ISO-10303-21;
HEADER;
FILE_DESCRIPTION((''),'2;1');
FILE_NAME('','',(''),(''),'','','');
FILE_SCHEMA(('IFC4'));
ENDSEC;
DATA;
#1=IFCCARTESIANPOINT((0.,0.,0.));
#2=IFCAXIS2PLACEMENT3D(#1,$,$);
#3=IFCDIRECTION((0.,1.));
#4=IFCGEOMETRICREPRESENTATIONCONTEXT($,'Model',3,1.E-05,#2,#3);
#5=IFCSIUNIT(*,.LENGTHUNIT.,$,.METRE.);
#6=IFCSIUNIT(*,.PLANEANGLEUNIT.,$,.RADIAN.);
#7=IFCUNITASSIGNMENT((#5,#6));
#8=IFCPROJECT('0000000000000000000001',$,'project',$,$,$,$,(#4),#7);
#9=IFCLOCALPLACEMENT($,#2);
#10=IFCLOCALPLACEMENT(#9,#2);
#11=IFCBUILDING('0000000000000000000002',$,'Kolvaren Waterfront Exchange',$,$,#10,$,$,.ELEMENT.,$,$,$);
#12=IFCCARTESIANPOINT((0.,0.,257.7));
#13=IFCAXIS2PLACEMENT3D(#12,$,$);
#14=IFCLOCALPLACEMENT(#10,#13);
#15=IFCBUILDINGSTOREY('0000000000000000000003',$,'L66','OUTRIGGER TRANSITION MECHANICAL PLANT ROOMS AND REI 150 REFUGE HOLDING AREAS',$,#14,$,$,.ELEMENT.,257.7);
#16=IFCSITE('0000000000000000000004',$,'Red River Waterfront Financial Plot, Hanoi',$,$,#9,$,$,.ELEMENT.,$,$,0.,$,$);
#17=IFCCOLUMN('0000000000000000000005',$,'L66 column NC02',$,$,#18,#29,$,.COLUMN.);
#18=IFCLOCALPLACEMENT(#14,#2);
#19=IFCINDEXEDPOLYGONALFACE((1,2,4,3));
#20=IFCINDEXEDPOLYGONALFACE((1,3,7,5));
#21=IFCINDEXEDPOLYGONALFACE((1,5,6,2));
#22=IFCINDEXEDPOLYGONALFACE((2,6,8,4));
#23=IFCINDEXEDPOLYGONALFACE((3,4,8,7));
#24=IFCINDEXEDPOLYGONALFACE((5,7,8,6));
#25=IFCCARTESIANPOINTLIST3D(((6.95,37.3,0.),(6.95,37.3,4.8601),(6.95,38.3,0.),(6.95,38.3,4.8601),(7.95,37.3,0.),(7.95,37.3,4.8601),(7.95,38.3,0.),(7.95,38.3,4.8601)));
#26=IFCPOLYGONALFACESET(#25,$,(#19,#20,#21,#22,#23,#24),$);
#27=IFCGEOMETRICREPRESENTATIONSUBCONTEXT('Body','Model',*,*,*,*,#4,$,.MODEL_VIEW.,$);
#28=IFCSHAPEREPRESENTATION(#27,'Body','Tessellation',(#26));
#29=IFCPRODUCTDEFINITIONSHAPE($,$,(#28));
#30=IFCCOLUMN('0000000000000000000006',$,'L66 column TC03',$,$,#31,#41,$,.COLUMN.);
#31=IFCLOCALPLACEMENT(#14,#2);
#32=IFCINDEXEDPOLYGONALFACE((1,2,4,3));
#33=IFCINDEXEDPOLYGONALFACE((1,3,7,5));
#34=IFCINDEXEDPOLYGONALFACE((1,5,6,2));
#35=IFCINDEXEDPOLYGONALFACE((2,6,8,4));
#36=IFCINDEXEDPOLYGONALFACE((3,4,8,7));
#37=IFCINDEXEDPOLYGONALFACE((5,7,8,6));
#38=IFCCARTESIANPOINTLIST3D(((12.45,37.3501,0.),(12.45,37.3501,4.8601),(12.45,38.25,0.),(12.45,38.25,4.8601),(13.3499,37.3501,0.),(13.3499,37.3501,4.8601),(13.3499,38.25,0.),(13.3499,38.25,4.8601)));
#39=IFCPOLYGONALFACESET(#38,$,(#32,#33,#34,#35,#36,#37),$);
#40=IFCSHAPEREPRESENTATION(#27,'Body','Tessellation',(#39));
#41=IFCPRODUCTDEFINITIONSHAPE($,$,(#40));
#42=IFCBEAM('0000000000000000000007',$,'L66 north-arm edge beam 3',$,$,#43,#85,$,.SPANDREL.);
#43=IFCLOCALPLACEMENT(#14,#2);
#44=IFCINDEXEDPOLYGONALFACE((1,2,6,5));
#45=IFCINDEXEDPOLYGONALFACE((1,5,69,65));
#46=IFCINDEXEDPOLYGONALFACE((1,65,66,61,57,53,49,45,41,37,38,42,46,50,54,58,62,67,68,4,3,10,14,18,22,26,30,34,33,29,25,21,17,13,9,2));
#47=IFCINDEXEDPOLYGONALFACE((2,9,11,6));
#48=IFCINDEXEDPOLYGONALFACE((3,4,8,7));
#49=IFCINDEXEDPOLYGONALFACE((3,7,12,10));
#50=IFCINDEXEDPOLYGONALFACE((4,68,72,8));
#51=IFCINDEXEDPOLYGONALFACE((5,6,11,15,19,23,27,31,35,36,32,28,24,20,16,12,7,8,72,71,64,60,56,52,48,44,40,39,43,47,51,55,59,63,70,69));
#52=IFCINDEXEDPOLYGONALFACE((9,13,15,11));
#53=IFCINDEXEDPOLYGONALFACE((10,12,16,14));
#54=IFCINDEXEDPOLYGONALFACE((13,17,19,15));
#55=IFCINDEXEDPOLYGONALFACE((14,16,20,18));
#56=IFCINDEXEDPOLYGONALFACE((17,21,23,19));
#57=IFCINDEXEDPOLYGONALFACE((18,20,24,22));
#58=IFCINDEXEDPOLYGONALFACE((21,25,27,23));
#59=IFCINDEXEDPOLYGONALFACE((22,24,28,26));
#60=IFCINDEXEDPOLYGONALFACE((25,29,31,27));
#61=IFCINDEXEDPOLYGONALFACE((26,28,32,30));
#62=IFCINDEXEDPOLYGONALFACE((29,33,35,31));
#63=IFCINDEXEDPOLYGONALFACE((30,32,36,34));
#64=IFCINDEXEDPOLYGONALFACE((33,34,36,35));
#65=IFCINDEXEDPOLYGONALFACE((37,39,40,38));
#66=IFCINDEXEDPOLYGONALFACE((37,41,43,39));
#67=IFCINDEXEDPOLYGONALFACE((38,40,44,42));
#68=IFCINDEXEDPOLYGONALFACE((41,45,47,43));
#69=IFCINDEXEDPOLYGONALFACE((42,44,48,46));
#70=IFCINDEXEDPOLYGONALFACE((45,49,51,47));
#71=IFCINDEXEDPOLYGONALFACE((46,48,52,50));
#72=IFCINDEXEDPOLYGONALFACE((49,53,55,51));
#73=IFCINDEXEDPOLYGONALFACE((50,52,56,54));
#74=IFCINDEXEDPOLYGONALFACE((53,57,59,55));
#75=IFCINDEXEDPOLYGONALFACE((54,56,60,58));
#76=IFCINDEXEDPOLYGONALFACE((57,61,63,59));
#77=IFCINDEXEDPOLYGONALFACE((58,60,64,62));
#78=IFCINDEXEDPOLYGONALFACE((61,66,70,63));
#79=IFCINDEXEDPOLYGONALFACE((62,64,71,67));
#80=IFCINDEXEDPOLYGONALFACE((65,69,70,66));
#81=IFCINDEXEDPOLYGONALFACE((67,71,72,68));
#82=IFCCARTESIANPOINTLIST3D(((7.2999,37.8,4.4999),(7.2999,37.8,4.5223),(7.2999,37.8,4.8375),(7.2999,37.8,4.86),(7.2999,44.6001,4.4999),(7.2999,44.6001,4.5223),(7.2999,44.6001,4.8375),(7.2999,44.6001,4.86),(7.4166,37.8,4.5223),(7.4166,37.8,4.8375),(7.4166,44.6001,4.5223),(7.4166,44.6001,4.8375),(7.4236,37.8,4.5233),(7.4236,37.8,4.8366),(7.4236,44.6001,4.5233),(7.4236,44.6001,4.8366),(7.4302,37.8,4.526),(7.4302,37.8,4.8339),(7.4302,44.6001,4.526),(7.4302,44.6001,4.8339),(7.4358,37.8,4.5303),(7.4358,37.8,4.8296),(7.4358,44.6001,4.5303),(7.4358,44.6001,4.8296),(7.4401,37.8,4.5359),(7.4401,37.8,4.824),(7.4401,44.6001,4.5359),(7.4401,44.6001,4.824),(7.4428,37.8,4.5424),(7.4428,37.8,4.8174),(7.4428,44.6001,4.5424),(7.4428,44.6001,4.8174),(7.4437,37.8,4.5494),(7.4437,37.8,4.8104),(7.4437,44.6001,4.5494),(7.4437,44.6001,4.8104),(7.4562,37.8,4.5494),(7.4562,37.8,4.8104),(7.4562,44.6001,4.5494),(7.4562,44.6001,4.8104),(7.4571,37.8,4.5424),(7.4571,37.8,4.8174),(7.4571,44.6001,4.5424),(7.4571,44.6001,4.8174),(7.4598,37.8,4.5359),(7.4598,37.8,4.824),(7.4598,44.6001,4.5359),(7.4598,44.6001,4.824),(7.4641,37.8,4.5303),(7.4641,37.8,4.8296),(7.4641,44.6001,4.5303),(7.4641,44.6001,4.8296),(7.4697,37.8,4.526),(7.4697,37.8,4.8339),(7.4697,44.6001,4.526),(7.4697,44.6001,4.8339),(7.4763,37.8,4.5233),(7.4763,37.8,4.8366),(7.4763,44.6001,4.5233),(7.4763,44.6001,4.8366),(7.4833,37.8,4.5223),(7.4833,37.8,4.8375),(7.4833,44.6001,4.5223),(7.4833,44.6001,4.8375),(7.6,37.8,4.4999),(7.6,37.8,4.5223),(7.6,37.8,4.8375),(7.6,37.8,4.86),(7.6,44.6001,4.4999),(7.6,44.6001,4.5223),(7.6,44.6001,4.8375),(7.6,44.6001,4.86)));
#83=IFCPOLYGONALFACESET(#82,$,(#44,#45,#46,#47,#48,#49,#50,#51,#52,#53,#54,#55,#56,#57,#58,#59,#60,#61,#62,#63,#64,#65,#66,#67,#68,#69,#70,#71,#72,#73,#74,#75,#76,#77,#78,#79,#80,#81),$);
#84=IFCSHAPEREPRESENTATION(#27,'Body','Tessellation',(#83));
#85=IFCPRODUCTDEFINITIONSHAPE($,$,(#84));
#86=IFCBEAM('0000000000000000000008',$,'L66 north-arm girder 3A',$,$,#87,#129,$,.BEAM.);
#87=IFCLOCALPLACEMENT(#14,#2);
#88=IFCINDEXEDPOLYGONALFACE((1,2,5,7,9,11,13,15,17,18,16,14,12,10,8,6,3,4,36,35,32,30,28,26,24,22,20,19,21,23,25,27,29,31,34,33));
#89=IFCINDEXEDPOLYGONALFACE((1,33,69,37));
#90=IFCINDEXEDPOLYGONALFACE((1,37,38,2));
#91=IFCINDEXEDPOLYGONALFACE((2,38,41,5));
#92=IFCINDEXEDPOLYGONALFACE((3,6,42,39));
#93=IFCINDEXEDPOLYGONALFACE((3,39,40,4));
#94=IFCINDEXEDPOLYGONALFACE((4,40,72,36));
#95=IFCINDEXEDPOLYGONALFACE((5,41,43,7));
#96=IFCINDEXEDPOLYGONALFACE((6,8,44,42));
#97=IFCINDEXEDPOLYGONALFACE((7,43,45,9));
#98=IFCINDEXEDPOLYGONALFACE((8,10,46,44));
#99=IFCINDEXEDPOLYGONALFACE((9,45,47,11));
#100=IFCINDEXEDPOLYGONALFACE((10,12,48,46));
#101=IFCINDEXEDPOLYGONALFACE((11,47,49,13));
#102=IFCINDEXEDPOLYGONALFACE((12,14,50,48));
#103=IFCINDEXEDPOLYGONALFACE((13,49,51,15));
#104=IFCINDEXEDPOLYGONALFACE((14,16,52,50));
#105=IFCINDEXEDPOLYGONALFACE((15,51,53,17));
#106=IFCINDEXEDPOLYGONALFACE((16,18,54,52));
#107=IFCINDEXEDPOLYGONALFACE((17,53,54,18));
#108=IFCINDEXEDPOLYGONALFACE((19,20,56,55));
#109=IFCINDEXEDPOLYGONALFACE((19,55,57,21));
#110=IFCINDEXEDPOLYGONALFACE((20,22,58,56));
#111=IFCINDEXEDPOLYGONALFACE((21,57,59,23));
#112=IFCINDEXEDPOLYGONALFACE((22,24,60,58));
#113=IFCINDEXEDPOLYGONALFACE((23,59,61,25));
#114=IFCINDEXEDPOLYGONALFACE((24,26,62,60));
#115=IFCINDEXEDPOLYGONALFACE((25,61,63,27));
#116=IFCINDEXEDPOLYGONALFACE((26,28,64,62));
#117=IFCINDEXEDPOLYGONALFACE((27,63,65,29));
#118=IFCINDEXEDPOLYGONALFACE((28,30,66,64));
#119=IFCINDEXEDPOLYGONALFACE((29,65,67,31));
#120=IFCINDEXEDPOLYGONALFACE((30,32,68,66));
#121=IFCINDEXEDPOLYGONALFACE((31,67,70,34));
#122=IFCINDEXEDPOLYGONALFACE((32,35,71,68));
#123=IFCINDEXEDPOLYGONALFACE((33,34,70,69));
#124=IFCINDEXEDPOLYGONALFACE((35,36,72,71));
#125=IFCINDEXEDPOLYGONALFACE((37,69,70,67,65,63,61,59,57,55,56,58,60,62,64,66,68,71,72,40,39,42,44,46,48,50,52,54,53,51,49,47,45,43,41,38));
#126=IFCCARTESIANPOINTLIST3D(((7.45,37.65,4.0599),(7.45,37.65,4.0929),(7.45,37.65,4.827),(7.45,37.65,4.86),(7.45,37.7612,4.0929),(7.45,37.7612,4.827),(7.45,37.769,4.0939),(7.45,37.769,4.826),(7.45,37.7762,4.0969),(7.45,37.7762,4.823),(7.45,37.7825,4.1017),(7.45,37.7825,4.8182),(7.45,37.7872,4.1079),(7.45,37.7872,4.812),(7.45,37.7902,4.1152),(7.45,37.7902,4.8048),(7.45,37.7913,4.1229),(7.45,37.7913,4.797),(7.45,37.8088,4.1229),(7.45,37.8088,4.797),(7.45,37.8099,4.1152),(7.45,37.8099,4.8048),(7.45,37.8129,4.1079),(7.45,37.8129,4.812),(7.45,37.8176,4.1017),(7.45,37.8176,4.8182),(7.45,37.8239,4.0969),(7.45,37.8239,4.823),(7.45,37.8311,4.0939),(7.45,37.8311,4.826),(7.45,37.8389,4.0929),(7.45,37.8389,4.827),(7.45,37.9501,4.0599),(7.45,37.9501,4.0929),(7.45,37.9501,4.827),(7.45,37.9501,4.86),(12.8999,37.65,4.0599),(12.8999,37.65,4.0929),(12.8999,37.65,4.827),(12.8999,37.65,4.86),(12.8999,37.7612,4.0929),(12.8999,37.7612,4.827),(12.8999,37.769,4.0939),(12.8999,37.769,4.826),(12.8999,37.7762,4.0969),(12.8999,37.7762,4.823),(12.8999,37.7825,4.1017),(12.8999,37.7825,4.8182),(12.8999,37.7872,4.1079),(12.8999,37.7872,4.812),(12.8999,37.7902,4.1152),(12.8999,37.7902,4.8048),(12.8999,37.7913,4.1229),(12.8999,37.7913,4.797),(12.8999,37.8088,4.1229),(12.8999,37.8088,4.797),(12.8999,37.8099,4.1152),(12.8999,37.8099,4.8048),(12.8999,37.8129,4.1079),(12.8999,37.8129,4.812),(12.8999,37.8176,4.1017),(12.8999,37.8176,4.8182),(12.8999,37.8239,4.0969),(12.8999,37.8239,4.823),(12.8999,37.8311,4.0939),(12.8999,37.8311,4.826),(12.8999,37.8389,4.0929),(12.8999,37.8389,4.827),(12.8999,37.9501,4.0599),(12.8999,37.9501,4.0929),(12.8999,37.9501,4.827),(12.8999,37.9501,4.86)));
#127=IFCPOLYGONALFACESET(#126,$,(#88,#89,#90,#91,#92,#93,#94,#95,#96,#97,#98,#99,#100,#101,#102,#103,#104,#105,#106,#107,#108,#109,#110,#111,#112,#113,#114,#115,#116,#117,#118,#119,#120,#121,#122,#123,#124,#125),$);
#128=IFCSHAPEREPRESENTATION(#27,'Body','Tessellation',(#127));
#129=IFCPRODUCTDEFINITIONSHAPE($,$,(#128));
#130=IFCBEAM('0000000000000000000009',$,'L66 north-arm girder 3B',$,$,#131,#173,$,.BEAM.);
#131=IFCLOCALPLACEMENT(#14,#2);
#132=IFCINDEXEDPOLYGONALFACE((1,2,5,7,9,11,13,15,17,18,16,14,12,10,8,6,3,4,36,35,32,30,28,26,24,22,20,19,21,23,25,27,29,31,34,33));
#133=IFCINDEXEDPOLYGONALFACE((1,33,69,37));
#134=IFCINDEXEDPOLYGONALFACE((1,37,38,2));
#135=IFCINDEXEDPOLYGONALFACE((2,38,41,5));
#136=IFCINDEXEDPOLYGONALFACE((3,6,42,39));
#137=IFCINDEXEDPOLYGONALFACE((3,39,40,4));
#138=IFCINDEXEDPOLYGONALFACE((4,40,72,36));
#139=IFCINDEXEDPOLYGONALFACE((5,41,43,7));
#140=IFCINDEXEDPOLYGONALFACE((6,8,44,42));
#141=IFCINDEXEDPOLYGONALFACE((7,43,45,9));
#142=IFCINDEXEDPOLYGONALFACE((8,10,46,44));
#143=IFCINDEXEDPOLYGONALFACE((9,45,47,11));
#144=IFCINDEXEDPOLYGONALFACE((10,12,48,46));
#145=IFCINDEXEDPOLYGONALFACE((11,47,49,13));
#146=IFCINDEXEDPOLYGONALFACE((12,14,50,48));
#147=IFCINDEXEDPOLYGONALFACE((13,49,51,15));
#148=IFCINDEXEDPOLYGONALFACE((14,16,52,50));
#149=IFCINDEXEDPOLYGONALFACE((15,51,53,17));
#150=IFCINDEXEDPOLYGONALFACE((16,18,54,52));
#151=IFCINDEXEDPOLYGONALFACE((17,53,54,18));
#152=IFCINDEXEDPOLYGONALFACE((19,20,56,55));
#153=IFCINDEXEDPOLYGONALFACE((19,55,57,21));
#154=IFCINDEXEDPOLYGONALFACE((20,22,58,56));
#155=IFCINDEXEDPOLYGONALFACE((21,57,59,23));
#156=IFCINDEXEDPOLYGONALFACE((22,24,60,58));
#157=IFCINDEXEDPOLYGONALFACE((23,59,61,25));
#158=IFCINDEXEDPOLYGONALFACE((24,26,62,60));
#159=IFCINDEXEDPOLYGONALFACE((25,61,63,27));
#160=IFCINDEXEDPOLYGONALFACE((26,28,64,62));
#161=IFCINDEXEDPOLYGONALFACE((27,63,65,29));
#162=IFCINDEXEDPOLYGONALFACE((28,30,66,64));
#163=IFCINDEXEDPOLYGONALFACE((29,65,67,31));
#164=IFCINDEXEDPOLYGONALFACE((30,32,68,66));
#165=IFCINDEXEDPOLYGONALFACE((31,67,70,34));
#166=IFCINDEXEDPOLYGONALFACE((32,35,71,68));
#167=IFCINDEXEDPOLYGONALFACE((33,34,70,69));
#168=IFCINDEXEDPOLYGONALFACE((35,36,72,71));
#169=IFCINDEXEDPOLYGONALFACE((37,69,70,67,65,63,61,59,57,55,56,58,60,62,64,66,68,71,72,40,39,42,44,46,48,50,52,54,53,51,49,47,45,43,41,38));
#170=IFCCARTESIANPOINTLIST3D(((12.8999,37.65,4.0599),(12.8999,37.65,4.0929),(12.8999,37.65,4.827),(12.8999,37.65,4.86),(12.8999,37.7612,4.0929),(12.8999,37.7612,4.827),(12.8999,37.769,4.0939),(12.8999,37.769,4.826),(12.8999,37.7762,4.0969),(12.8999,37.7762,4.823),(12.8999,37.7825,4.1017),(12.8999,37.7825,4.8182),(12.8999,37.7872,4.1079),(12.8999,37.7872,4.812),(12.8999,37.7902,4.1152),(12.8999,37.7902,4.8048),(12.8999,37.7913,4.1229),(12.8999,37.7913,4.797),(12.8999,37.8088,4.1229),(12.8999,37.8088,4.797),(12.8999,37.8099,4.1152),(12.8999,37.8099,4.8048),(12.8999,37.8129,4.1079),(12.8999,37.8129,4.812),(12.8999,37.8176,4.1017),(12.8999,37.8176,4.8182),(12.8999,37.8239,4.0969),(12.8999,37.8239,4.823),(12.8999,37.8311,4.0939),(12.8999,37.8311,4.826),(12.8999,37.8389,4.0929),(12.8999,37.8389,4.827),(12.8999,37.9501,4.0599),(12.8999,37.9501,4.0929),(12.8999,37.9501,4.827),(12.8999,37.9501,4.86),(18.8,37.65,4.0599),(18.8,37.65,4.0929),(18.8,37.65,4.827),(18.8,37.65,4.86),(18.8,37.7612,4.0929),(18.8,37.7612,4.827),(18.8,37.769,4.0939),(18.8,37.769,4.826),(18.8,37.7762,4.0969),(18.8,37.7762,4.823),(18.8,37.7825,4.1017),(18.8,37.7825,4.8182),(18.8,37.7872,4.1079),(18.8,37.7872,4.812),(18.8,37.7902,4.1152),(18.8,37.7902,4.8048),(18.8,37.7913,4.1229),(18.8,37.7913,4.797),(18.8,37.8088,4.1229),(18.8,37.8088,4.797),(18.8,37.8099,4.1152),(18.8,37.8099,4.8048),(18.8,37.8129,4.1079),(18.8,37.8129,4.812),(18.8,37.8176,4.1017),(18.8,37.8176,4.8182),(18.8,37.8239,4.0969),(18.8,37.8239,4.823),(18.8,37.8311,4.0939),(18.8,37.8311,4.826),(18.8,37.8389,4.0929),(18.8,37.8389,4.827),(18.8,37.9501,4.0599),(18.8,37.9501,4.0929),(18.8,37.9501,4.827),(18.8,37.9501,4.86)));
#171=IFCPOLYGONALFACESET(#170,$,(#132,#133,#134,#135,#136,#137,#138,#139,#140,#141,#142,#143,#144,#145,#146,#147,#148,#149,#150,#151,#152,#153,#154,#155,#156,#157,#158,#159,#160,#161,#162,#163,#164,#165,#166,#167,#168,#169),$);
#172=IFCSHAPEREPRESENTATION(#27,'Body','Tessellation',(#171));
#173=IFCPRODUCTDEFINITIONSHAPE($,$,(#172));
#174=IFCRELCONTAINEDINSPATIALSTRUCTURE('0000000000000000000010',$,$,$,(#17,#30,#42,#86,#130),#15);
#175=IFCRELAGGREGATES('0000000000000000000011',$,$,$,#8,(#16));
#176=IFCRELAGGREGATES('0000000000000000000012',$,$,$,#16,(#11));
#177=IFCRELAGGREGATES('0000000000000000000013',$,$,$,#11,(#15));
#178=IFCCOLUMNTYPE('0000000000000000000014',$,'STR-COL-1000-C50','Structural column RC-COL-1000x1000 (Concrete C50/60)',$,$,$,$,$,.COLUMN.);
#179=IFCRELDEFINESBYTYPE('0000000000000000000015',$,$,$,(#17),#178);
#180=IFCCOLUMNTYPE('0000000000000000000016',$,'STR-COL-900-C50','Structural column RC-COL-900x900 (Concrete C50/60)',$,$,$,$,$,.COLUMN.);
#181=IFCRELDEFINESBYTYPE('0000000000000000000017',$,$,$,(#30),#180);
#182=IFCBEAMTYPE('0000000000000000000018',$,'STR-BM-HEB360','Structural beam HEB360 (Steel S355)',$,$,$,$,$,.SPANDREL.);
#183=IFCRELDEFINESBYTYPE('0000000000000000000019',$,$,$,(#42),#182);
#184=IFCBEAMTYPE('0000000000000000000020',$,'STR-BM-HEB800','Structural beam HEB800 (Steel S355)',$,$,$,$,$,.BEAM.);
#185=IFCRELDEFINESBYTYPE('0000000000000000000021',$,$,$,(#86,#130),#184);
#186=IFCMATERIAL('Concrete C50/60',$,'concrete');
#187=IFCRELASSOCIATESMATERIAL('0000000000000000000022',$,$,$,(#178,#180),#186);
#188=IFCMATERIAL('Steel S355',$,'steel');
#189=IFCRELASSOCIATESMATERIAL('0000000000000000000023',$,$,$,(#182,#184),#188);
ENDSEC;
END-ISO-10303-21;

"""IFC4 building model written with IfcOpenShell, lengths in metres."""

from ifc_helpers import new_model, si_unit, direction, frame, origin, origin_2d, place, context, subcontext, project, spatial, rectangle, i_section, extrude, material, material_profile, profile_set, type_object, element, save


model = new_model("IFC4")

# Units and contexts
model_context = context("Model", 3, precision=1e-05, world=origin(), true_north=direction((0.0, 1.0)))
body_context = subcontext(model_context, "Body", "Model", "MODEL_VIEW")
ifc_project = project(units=[si_unit("LENGTHUNIT", "METRE"), si_unit("PLANEANGLEUNIT", "RADIAN")], contexts=[model_context])

# Site, building, storey
site_placement = place(None, origin())
site = spatial("IfcSite", under=ifc_project, at=site_placement, Name="Red River Waterfront Financial Plot, Hanoi", CompositionType="ELEMENT", RefElevation=0.0)
building_placement = place(site_placement, origin())
building = spatial("IfcBuilding", under=site, at=building_placement, Name="Kolvaren Waterfront Exchange", CompositionType="ELEMENT")
storey_placement = place(building_placement, frame((0.0, 0.0, 257.7)))
storey = spatial("IfcBuildingStorey", under=building, at=storey_placement, Name="L66", Description="OUTRIGGER TRANSITION MECHANICAL PLANT ROOMS AND REI 150 REFUGE HOLDING AREAS", CompositionType="ELEMENT", Elevation=257.7)

# Columns
ifc_material_1 = material(Name="Concrete C50/60", Category="concrete")
ifc_material_profile_1 = material_profile(ifc_material_1, rectangle(XDim=1.0, YDim=1.0, at=origin_2d()), Name="RC-COL-1000x1000")
ifc_profile_set_1 = profile_set([ifc_material_profile_1], Name="Concrete C50/60")
column_type_1 = type_object("IfcColumnType", Name="STR-COL-1000-C50", Description="Structural column RC-COL-1000x1000 (Concrete C50/60)", PredefinedType="COLUMN", material=ifc_profile_set_1)
column_1_placement = place(storey_placement, frame((7.45, 37.8, 0.0), z_axis=(0.0, 0.0, 1.0), x_axis=(1.0, 0.0, 0.0)))
element("IfcColumn", 1, at=column_1_placement, inside=storey, type_object=column_type_1, Name="L66 column NC02", PredefinedType="COLUMN", context=body_context, shape_type="SweptSolid", body=[
    extrude(rectangle(XDim=1.0, YDim=1.0, at=origin_2d()), origin(), (0.0, 0.0, 1.0), 4.8601),
])
ifc_material_profile_2 = material_profile(ifc_material_1, rectangle(XDim=0.8999, YDim=0.8999, at=origin_2d()), Name="RC-COL-900x900")
ifc_profile_set_2 = profile_set([ifc_material_profile_2], Name="Concrete C50/60")
column_type_2 = type_object("IfcColumnType", Name="STR-COL-900-C50", Description="Structural column RC-COL-900x900 (Concrete C50/60)", PredefinedType="COLUMN", material=ifc_profile_set_2)
column_2_placement = place(storey_placement, frame((12.8999, 37.8, 0.0), z_axis=(0.0, 0.0, 1.0), x_axis=(1.0, 0.0, 0.0)))
element("IfcColumn", 2, at=column_2_placement, inside=storey, type_object=column_type_2, Name="L66 column TC03", PredefinedType="COLUMN", context=body_context, shape_type="SweptSolid", body=[
    extrude(rectangle(XDim=0.8999, YDim=0.8999, at=origin_2d()), origin(), (0.0, 0.0, 1.0), 4.8601),
])

# Beams
ifc_material_2 = material(Name="Steel S355", Category="steel")
ifc_material_profile_3 = material_profile(ifc_material_2, i_section(OverallWidth=0.3, OverallDepth=0.3601, WebThickness=0.0125, FlangeThickness=0.0225, FilletRadius=0.0271, at=origin_2d()), Name="HEB360")
ifc_profile_set_3 = profile_set([ifc_material_profile_3], Name="Steel S355")
beam_type_1 = type_object("IfcBeamType", Name="STR-BM-HEB360", Description="Structural beam HEB360 (Steel S355)", PredefinedType="SPANDREL", material=ifc_profile_set_3)
beam_1_placement = place(storey_placement, frame((7.45, 37.8, 4.6799), z_axis=(0.0, 1.0, 0.0), x_axis=(-1.0, 0.0, 0.0)))
element("IfcBeam", 3, at=beam_1_placement, inside=storey, type_object=beam_type_1, Name="L66 north-arm edge beam 3", PredefinedType="SPANDREL", context=body_context, shape_type="SweptSolid", body=[
    extrude(i_section(OverallWidth=0.3, OverallDepth=0.3601, WebThickness=0.0125, FlangeThickness=0.0225, FilletRadius=0.0271, at=origin_2d()), origin(), (0.0, 0.0, 1.0), 6.8),
])
ifc_material_profile_4 = material_profile(ifc_material_2, i_section(OverallWidth=0.3, OverallDepth=0.8, WebThickness=0.0176, FlangeThickness=0.033, FilletRadius=0.03, at=origin_2d()), Name="HEB800")
ifc_profile_set_4 = profile_set([ifc_material_profile_4], Name="Steel S355")
beam_type_2 = type_object("IfcBeamType", Name="STR-BM-HEB800", Description="Structural beam HEB800 (Steel S355)", PredefinedType="BEAM", material=ifc_profile_set_4)
beam_2_placement = place(storey_placement, frame((7.45, 37.8, 4.46), z_axis=(1.0, 0.0, 0.0), x_axis=(0.0, 1.0, 0.0)))
element("IfcBeam", 4, at=beam_2_placement, inside=storey, type_object=beam_type_2, Name="L66 north-arm girder 3A", PredefinedType="BEAM", context=body_context, shape_type="SweptSolid", body=[
    extrude(i_section(OverallWidth=0.3, OverallDepth=0.8, WebThickness=0.0176, FlangeThickness=0.033, FilletRadius=0.03, at=origin_2d()), origin(), (0.0, 0.0, 1.0), 5.45),
])
beam_3_placement = place(storey_placement, frame((12.8999, 37.8, 4.46), z_axis=(1.0, 0.0, 0.0), x_axis=(0.0, 1.0, 0.0)))
element("IfcBeam", 5, at=beam_3_placement, inside=storey, type_object=beam_type_2, Name="L66 north-arm girder 3B", PredefinedType="BEAM", context=body_context, shape_type="SweptSolid", body=[
    extrude(i_section(OverallWidth=0.3, OverallDepth=0.8, WebThickness=0.0176, FlangeThickness=0.033, FilletRadius=0.03, at=origin_2d()), origin(), (0.0, 0.0, 1.0), 5.9001),
])

save(model, "model.ifc")
